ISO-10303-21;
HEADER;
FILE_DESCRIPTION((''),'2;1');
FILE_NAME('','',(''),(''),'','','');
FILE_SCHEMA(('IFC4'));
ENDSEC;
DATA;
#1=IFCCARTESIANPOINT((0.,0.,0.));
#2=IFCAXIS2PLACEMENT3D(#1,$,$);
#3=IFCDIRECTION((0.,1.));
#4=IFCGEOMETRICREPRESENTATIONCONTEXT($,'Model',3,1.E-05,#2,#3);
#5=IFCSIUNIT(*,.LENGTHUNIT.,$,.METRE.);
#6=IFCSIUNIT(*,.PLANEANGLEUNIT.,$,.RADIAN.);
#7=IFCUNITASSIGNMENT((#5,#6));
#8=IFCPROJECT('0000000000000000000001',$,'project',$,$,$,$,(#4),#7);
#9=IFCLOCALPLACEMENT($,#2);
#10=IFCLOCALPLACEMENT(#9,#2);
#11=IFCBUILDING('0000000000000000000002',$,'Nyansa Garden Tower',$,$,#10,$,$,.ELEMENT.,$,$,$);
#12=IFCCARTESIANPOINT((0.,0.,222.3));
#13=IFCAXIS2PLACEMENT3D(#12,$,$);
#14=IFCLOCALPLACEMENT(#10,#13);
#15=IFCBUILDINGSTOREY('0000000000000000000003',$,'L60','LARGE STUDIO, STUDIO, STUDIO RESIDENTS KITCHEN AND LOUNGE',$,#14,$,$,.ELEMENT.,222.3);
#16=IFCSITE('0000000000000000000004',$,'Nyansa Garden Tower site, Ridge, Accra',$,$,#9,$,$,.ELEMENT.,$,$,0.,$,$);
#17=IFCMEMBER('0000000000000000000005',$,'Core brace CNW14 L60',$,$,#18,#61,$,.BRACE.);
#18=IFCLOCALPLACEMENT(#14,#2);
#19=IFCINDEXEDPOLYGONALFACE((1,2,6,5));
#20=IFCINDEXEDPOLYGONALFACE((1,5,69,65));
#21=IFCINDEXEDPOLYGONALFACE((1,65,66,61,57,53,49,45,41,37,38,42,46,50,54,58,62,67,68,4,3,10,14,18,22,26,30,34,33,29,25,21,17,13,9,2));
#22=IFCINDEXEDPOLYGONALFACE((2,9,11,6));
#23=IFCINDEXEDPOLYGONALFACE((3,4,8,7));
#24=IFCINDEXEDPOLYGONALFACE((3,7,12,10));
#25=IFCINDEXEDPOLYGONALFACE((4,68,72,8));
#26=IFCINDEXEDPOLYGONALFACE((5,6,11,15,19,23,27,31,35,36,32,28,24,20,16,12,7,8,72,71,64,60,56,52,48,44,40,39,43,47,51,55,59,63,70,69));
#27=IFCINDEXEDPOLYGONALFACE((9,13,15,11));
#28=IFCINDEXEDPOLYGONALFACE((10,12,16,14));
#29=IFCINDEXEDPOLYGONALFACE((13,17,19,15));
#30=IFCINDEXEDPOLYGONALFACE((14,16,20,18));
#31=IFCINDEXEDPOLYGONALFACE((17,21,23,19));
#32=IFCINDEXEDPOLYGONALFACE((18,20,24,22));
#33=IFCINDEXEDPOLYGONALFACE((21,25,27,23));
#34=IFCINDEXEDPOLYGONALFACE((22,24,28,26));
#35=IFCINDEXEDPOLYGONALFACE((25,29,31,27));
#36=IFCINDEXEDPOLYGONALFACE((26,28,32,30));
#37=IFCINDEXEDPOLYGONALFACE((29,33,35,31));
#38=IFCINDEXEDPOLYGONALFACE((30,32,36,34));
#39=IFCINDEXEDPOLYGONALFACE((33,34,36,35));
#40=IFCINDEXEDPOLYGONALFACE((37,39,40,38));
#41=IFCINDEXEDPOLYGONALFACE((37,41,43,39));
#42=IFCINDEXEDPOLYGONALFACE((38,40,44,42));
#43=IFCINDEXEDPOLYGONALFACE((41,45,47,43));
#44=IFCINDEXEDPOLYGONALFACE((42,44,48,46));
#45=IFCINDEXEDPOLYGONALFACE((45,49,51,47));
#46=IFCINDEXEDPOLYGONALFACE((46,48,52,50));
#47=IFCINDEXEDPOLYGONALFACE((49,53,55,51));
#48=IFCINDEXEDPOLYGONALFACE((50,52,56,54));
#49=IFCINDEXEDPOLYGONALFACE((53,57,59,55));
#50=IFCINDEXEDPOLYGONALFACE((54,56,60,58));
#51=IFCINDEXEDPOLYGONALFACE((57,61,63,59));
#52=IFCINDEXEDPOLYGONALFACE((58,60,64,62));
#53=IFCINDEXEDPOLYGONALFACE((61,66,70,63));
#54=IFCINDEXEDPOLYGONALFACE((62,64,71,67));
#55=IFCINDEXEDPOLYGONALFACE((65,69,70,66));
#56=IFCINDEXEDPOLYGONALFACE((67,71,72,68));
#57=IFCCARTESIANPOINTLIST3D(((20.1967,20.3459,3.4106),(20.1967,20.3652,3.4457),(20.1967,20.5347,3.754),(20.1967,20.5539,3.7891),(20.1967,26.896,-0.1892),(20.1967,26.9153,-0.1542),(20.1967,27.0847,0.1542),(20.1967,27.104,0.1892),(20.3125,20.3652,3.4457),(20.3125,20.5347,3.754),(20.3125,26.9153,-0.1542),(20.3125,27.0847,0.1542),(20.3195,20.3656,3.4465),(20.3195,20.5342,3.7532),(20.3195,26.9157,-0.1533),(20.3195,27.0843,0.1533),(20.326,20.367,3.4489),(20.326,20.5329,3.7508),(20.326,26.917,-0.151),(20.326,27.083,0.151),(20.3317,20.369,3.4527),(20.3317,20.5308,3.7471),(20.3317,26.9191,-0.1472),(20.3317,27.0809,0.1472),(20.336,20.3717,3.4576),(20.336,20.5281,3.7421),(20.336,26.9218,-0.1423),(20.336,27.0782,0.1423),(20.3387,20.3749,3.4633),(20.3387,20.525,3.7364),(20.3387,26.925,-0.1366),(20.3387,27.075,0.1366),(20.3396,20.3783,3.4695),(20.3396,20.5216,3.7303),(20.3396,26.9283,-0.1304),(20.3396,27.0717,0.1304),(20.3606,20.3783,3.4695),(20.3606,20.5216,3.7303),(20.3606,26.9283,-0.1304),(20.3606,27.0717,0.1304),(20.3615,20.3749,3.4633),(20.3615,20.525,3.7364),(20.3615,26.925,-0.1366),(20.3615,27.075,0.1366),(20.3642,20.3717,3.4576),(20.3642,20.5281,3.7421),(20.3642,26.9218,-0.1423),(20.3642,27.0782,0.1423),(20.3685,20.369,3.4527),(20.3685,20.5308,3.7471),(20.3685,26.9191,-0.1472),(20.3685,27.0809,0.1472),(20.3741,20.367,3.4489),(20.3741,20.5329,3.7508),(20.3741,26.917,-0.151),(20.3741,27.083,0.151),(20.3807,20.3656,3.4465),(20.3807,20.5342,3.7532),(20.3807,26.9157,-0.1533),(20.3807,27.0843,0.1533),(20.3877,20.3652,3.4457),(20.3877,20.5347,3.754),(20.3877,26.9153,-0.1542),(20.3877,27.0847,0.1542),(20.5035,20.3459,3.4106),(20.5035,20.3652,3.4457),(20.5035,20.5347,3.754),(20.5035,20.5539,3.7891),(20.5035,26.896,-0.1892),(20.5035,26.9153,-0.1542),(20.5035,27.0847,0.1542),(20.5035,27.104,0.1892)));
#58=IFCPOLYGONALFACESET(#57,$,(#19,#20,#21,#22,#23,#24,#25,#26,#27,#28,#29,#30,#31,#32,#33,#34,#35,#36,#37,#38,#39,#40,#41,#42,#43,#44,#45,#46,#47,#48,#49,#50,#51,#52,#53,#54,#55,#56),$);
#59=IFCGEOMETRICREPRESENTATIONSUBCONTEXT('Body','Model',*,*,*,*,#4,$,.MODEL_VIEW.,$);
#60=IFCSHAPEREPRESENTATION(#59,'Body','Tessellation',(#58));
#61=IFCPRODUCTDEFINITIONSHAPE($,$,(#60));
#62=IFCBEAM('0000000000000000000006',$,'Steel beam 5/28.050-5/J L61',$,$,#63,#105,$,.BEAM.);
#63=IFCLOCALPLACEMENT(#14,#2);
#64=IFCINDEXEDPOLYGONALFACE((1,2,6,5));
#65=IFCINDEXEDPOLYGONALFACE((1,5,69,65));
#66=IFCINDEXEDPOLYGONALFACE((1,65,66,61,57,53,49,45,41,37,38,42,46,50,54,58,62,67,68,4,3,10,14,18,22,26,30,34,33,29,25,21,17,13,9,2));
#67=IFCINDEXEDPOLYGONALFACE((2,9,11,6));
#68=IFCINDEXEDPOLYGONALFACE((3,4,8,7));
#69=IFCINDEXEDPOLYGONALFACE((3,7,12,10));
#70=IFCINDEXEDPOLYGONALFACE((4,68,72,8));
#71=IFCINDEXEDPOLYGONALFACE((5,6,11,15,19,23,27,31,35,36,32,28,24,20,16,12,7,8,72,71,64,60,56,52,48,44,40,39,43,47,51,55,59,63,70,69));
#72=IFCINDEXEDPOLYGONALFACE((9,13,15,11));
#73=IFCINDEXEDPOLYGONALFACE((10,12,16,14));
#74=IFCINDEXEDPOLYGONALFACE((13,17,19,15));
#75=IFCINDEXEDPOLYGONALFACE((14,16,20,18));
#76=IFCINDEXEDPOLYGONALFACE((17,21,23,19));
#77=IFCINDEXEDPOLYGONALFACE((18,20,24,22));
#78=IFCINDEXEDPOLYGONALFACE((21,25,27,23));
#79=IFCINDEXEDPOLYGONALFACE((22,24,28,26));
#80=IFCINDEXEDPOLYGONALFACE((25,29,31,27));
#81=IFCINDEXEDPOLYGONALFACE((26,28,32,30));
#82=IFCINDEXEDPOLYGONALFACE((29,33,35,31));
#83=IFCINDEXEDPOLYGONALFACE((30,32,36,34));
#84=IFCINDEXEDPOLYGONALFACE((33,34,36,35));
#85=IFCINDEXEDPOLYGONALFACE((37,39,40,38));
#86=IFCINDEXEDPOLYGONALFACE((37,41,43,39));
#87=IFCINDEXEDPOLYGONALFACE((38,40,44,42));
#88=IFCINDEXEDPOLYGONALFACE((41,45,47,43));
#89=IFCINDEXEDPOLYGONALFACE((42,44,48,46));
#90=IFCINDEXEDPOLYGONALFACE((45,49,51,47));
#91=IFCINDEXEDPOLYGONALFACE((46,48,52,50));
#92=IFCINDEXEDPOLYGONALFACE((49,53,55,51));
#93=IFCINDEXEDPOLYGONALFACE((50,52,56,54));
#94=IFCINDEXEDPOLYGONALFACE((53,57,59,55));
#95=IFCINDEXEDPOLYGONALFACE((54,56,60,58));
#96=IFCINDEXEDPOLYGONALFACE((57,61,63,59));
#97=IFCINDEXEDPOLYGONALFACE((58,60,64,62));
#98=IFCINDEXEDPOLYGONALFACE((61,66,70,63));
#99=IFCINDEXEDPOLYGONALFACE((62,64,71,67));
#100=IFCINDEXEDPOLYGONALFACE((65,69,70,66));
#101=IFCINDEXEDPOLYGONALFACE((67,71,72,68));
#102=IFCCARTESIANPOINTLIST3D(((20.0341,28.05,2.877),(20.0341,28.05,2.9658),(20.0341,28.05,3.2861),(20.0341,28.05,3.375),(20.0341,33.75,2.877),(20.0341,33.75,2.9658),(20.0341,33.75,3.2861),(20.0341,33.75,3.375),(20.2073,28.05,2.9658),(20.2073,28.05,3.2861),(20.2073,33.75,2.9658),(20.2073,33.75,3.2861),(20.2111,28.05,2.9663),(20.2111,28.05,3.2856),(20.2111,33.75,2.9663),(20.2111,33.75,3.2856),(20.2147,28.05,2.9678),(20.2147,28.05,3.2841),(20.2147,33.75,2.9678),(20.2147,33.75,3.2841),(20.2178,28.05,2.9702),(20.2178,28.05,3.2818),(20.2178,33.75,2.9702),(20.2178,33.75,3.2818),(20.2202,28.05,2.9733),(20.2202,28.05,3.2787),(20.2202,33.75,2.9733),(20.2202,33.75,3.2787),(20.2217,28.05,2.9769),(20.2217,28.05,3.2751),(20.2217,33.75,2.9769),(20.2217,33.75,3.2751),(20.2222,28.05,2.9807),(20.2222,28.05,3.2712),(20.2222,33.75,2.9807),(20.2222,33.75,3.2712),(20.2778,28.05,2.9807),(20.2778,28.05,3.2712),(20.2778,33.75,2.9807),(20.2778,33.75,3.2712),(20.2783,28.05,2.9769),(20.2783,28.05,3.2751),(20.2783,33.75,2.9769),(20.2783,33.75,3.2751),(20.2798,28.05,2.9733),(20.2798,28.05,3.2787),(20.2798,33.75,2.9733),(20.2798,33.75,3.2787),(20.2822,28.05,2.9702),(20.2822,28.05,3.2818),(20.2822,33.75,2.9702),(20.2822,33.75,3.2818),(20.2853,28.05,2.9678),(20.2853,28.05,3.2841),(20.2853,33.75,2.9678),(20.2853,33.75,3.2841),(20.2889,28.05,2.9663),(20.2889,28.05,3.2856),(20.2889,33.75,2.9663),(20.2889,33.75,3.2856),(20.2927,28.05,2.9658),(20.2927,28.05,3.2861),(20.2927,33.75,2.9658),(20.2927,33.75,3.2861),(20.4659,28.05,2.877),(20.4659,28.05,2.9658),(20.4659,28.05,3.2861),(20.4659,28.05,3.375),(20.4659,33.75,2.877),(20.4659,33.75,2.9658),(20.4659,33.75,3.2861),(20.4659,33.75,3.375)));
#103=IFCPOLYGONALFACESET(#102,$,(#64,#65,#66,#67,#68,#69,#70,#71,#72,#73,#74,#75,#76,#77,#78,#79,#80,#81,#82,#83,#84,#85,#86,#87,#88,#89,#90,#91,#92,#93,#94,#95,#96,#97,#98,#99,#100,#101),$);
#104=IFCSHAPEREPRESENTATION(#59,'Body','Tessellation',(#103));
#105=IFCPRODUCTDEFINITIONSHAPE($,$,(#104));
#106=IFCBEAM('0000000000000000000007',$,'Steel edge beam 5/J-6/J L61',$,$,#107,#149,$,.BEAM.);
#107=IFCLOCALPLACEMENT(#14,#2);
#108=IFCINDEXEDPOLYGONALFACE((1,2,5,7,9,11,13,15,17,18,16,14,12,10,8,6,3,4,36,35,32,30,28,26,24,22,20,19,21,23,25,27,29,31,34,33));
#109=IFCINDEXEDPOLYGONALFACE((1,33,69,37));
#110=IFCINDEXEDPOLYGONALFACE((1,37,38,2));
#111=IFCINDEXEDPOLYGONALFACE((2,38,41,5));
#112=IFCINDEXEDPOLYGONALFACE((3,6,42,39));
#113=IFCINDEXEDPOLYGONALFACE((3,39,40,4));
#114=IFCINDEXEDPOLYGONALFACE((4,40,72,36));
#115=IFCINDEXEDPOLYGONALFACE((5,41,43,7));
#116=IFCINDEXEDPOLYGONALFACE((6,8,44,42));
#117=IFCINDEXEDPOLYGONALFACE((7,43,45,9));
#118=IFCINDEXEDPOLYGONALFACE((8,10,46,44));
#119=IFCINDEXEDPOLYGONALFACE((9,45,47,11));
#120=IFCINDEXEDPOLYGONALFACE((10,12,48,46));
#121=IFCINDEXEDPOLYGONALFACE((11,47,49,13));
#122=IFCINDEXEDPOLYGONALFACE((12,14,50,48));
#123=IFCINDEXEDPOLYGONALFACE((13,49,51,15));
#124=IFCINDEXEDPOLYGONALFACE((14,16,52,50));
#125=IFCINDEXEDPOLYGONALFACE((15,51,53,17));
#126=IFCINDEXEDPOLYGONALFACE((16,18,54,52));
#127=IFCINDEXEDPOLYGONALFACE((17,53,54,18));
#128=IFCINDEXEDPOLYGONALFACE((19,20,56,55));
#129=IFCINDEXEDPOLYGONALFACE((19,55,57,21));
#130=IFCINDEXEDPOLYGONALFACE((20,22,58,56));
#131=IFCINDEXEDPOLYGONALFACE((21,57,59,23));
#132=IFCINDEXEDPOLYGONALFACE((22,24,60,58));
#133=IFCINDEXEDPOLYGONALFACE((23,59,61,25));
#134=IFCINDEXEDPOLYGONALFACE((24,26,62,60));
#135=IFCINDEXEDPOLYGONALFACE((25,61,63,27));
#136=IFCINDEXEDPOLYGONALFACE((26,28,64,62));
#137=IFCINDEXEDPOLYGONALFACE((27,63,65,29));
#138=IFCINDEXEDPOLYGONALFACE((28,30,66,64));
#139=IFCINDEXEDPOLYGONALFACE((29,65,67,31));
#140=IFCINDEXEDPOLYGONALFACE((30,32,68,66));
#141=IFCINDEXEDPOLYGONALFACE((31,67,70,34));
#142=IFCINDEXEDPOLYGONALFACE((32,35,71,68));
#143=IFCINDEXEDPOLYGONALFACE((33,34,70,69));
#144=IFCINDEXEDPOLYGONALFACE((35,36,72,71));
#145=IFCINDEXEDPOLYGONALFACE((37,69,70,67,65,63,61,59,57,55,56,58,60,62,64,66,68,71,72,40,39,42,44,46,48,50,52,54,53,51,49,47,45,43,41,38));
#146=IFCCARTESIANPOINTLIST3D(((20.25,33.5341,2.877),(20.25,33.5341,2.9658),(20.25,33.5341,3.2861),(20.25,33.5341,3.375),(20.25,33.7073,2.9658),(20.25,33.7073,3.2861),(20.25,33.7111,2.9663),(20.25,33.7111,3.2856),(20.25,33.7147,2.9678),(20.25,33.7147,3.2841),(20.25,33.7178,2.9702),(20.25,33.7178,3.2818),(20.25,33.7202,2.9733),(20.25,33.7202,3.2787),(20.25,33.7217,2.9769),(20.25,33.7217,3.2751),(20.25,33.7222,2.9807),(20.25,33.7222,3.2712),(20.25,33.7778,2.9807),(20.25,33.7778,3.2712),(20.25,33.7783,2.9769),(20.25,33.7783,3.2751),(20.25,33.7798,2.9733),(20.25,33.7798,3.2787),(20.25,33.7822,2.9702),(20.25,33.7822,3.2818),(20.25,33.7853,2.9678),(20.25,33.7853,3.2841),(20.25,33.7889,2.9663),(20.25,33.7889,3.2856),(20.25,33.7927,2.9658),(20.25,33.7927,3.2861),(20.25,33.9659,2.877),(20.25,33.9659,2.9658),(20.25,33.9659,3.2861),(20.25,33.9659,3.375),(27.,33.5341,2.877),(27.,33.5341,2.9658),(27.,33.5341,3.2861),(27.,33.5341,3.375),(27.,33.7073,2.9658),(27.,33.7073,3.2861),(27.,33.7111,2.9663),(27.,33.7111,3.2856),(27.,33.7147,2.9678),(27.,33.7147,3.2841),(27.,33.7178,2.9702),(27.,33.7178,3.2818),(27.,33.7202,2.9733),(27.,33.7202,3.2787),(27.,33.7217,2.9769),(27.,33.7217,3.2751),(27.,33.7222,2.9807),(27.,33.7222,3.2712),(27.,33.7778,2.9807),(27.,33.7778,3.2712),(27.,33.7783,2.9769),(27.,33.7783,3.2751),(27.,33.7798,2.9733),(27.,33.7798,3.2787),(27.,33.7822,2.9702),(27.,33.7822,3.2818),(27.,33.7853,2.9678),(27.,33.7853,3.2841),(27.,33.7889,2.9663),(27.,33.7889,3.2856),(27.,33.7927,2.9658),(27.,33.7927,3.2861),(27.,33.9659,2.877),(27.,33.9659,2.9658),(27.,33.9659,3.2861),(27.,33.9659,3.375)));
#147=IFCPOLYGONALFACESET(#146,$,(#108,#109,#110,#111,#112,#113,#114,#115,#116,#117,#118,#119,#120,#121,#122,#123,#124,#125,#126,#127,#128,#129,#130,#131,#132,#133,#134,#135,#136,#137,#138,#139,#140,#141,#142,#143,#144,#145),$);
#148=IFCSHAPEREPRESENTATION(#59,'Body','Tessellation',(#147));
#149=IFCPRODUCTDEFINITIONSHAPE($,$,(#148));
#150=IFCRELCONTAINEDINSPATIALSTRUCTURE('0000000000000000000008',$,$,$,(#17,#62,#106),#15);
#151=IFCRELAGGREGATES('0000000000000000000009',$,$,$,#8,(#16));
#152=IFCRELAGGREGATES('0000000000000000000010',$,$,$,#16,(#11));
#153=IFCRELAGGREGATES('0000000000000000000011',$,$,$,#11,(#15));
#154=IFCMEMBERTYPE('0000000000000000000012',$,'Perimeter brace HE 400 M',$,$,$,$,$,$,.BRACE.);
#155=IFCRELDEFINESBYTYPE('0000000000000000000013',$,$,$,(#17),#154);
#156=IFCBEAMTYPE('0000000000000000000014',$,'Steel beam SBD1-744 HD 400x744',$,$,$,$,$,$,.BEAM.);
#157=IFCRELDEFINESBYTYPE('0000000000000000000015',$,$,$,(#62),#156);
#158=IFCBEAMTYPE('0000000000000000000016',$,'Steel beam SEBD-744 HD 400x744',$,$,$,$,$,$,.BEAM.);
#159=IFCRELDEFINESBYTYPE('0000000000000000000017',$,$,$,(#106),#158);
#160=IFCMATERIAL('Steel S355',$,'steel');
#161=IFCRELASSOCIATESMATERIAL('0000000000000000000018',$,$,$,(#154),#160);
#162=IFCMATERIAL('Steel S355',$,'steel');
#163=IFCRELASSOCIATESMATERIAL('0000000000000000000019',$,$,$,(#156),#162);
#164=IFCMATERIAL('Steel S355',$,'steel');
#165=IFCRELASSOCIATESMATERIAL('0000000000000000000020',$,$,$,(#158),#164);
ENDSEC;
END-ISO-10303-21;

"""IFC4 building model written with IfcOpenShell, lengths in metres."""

from ifc_helpers import new_model, si_unit, direction, frame, origin, origin_2d, place, context, subcontext, project, spatial, i_section, extrude, material, material_profile, profile_set, type_object, element, save


model = new_model("IFC4")

# Units and contexts
model_context = context("Model", 3, precision=1e-05, world=origin(), true_north=direction((0.0, 1.0)))
body_context = subcontext(model_context, "Body", "Model", "MODEL_VIEW")
ifc_project = project(units=[si_unit("LENGTHUNIT", "METRE"), si_unit("PLANEANGLEUNIT", "RADIAN")], contexts=[model_context])

# Site, building, storey
site_placement = place(None, origin())
site = spatial("IfcSite", under=ifc_project, at=site_placement, Name="Nyansa Garden Tower site, Ridge, Accra", CompositionType="ELEMENT", RefElevation=0.0)
building_placement = place(site_placement, origin())
building = spatial("IfcBuilding", under=site, at=building_placement, Name="Nyansa Garden Tower", CompositionType="ELEMENT")
storey_placement = place(building_placement, frame((0.0, 0.0, 222.3)))
storey = spatial("IfcBuildingStorey", under=building, at=storey_placement, Name="L60", Description="LARGE STUDIO, STUDIO, STUDIO RESIDENTS KITCHEN AND LOUNGE", CompositionType="ELEMENT", Elevation=222.3)

# Member
ifc_material_1 = material(Name="Steel S355", Category="steel")
ifc_material_profile_1 = material_profile(ifc_material_1, i_section(OverallWidth=0.3069, OverallDepth=0.4319, WebThickness=0.021, FlangeThickness=0.04, FilletRadius=0.0271, at=origin_2d()), Name="HE 400 M")
ifc_profile_set_1 = profile_set([ifc_material_profile_1], Name="Steel S355")
member_type_1 = type_object("IfcMemberType", Name="Perimeter brace HE 400 M", PredefinedType="BRACE", material=ifc_profile_set_1)
for number, where, z_axis, x_axis, name in (
    (1, (20.3501, 27.0, 0.0), (0.0, -0.876367, 0.481644), (1.0, 0.0, 0.0), "Core brace CNW14 L60"),
):
    element("IfcMember", number, at=place(storey_placement, frame(where, z_axis=z_axis, x_axis=x_axis)), inside=storey, type_object=member_type_1, Name=name, PredefinedType="BRACE", context=body_context, shape_type="SweptSolid", body=[
        extrude(i_section(OverallWidth=0.3069, OverallDepth=0.4319, WebThickness=0.021, FlangeThickness=0.04, FilletRadius=0.0271, at=origin_2d()), origin(), (0.0, 0.0, 1.0), 7.4741),
    ])

# Beams
ifc_material_2 = material(Name="Steel S355", Category="steel")
ifc_material_profile_2 = material_profile(ifc_material_2, i_section(OverallWidth=0.4319, OverallDepth=0.498, WebThickness=0.0557, FlangeThickness=0.0889, FilletRadius=0.0149, at=origin_2d()), Name="HD 400x744")
ifc_profile_set_2 = profile_set([ifc_material_profile_2], Name="Steel S355")
beam_type_1 = type_object("IfcBeamType", Name="Steel beam SBD1-744 HD 400x744", PredefinedType="BEAM", material=ifc_profile_set_2)
beam_1_placement = place(storey_placement, frame((20.25, 28.05, 3.126), z_axis=(0.0, 1.0, 0.0), x_axis=(-1.0, 0.0, 0.0)))
element("IfcBeam", 2, at=beam_1_placement, inside=storey, type_object=beam_type_1, Name="Steel beam 5/28.050-5/J L61", PredefinedType="BEAM", context=body_context, shape_type="SweptSolid", body=[
    extrude(i_section(OverallWidth=0.4319, OverallDepth=0.498, WebThickness=0.0557, FlangeThickness=0.0889, FilletRadius=0.0149, at=origin_2d()), origin(), (0.0, 0.0, 1.0), 5.7),
])
ifc_material_3 = material(Name="Steel S355", Category="steel")
ifc_material_profile_3 = material_profile(ifc_material_3, i_section(OverallWidth=0.4319, OverallDepth=0.498, WebThickness=0.0557, FlangeThickness=0.0889, FilletRadius=0.0149, at=origin_2d()), Name="HD 400x744")
ifc_profile_set_3 = profile_set([ifc_material_profile_3], Name="Steel S355")
beam_type_2 = type_object("IfcBeamType", Name="Steel beam SEBD-744 HD 400x744", PredefinedType="BEAM", material=ifc_profile_set_3)
beam_2_placement = place(storey_placement, frame((20.25, 33.75, 3.126), z_axis=(1.0, 0.0, 0.0), x_axis=(0.0, 1.0, 0.0)))
element("IfcBeam", 3, at=beam_2_placement, inside=storey, type_object=beam_type_2, Name="Steel edge beam 5/J-6/J L61", PredefinedType="BEAM", context=body_context, shape_type="SweptSolid", body=[
    extrude(i_section(OverallWidth=0.4319, OverallDepth=0.498, WebThickness=0.0557, FlangeThickness=0.0889, FilletRadius=0.0149, at=origin_2d()), origin(), (0.0, 0.0, 1.0), 6.75),
])

save(model, "model.ifc")
